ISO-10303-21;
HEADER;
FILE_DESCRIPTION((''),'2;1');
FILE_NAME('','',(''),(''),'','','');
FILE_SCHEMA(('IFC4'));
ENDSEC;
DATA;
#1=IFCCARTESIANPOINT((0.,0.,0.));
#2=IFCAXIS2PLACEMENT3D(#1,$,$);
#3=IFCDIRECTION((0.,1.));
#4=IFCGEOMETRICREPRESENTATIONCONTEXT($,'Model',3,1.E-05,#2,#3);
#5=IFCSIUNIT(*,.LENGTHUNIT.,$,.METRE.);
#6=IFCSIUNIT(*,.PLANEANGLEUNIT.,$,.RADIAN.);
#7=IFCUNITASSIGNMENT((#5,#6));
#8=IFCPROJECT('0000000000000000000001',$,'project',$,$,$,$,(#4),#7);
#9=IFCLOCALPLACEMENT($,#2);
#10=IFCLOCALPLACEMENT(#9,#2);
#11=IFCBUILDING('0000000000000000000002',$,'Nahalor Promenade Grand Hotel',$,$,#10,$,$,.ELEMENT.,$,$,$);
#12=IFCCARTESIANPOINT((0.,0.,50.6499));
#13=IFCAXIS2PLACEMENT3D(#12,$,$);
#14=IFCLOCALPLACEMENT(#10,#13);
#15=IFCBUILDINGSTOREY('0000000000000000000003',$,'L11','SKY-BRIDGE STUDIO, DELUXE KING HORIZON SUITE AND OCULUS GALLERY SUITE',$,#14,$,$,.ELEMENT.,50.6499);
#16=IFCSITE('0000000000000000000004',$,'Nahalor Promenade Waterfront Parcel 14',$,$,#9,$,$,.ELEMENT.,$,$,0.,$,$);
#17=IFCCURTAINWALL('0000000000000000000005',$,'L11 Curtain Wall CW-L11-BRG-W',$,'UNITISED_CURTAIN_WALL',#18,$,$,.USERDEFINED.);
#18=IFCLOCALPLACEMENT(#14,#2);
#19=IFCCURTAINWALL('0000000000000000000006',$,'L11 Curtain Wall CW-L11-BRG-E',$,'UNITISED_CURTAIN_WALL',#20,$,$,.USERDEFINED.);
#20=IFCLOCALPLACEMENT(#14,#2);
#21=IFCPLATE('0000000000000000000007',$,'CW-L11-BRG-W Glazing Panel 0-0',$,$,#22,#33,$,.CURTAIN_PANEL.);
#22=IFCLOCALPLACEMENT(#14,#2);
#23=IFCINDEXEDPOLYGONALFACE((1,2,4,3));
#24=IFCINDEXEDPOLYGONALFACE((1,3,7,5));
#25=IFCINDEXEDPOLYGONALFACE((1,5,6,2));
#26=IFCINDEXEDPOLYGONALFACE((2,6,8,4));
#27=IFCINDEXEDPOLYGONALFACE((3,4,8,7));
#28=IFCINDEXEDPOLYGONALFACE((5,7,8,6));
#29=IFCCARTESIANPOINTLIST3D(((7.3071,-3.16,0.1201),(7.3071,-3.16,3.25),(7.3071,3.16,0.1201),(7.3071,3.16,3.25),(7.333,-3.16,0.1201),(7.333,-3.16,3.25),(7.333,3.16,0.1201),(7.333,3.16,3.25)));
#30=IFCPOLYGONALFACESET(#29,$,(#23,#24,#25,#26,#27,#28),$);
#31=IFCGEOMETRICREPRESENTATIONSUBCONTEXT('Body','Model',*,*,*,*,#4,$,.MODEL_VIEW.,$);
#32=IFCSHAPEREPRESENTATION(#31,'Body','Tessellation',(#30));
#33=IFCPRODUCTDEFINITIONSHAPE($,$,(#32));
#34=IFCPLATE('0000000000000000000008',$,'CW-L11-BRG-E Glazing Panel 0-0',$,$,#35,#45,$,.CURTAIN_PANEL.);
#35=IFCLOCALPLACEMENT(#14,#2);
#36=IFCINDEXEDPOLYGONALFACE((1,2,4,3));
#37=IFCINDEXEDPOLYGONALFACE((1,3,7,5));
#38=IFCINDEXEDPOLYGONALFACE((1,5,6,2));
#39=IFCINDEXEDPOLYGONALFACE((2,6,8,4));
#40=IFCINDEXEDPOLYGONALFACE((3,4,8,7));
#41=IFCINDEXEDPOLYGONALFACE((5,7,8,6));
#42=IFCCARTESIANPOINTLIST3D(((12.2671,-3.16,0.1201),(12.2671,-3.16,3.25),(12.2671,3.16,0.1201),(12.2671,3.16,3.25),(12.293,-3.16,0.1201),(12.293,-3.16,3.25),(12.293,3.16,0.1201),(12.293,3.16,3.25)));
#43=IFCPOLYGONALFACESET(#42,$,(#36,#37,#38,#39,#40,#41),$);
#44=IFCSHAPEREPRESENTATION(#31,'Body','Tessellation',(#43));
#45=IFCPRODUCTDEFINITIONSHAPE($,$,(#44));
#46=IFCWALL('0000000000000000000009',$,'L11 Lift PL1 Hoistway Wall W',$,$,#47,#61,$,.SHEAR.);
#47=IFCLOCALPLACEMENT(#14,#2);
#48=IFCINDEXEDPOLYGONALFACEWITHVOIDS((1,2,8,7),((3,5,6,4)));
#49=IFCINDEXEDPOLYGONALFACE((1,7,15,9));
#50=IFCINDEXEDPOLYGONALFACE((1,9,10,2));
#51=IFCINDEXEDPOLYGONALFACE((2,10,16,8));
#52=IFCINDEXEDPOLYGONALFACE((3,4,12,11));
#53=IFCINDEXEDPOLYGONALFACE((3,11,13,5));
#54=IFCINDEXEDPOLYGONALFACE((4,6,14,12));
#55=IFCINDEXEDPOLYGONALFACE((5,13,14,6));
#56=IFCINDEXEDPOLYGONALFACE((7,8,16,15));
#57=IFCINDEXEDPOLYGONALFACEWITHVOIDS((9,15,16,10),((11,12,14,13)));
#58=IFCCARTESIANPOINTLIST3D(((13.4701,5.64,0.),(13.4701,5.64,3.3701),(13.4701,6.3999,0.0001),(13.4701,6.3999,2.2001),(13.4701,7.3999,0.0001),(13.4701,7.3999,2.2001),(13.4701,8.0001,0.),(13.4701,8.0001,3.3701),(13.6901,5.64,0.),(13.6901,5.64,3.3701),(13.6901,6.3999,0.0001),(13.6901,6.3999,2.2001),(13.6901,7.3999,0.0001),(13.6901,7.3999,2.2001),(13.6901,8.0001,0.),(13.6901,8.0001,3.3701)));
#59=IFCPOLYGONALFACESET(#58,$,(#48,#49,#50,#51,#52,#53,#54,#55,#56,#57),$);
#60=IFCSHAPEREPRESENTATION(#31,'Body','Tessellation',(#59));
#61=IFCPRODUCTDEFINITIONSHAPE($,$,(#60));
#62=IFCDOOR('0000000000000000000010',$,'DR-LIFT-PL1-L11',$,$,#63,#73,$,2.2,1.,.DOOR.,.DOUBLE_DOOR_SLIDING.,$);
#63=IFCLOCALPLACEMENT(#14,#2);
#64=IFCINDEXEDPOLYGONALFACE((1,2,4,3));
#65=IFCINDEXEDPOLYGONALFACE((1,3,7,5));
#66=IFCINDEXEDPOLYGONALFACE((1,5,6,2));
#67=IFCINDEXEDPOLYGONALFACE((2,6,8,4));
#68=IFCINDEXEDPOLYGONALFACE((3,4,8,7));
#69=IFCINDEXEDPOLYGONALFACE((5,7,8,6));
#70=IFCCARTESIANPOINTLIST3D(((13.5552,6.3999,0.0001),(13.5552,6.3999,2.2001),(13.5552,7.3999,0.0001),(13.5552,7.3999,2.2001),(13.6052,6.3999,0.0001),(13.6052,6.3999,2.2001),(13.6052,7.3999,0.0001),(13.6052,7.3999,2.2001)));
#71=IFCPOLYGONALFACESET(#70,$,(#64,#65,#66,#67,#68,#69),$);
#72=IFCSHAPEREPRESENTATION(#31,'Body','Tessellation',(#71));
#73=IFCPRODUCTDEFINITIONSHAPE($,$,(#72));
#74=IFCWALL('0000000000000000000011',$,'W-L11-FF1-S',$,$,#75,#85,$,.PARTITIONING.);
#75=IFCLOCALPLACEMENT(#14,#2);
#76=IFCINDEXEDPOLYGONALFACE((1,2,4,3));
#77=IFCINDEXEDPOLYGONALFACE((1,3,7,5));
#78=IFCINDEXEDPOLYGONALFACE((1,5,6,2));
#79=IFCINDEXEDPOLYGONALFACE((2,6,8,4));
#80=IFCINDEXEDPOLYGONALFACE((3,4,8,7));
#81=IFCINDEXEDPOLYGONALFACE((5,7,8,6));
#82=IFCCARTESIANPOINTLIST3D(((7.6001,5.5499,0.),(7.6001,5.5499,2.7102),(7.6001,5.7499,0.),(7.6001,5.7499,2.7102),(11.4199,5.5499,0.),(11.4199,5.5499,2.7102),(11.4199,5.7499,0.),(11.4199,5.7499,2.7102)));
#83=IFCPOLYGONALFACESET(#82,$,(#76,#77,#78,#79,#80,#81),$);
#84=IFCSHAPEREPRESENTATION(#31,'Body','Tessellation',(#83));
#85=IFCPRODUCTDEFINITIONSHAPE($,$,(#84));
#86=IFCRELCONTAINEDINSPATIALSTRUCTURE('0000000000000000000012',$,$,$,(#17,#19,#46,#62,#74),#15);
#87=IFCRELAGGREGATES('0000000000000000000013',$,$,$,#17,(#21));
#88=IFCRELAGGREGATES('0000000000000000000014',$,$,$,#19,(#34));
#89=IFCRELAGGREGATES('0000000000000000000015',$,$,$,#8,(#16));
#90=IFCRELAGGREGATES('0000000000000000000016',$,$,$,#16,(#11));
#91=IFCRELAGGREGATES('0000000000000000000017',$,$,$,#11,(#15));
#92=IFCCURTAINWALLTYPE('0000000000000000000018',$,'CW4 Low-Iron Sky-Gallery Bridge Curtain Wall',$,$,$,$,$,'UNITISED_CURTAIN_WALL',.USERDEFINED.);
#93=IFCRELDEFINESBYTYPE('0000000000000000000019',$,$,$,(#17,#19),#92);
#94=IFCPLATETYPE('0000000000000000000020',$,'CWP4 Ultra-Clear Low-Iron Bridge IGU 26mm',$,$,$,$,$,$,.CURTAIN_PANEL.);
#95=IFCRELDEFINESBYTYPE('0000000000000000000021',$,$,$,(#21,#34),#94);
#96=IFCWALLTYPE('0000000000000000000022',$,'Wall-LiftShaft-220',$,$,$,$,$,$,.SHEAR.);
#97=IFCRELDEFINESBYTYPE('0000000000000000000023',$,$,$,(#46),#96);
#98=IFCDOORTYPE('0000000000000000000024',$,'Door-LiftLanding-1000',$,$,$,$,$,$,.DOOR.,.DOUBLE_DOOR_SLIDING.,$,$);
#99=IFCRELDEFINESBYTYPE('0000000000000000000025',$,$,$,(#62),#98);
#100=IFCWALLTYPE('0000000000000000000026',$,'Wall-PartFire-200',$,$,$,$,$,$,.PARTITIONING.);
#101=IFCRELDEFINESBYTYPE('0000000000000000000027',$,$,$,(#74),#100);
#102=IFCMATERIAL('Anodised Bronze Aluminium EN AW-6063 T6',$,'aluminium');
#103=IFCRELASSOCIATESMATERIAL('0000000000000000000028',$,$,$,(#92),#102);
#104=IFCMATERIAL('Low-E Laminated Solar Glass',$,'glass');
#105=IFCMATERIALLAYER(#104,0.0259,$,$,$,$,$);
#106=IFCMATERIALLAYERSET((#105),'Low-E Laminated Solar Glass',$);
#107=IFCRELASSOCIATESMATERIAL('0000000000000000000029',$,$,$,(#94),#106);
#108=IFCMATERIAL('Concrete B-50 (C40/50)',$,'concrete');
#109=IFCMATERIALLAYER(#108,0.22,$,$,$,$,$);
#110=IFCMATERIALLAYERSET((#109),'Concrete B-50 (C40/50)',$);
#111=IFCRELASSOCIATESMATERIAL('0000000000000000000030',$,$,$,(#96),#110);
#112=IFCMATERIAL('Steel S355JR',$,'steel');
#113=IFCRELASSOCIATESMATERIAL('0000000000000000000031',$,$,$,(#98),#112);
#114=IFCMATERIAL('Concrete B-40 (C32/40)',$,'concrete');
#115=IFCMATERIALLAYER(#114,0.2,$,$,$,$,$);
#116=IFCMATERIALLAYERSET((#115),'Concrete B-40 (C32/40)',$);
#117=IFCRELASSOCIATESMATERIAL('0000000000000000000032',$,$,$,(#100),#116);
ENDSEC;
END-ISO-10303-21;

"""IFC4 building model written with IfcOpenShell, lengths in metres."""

from ifc_helpers import new_model, si_unit, direction, frame, frame_2d, origin, origin_2d, place, context, subcontext, project, spatial, rectangle, extrude, source, transform, mapped, material, layer, layer_set, type_object, element, fill, aggregate, save


model = new_model("IFC4")

# Units and contexts
model_context = context("Model", 3, precision=1e-05, world=origin(), true_north=direction((0.0, 1.0)))
body_context = subcontext(model_context, "Body", "Model", "MODEL_VIEW")
ifc_project = project(units=[si_unit("LENGTHUNIT", "METRE"), si_unit("PLANEANGLEUNIT", "RADIAN")], contexts=[model_context])

# Site, building, storey
site_placement = place(None, origin())
site = spatial("IfcSite", under=ifc_project, at=site_placement, Name="Nahalor Promenade Waterfront Parcel 14", CompositionType="ELEMENT", RefElevation=0.0)
building_placement = place(site_placement, origin())
building = spatial("IfcBuilding", under=site, at=building_placement, Name="Nahalor Promenade Grand Hotel", CompositionType="ELEMENT")
storey_placement = place(building_placement, frame((0.0, 0.0, 50.6499)))
storey = spatial("IfcBuildingStorey", under=building, at=storey_placement, Name="L11", Description="SKY-BRIDGE STUDIO, DELUXE KING HORIZON SUITE AND OCULUS GALLERY SUITE", CompositionType="ELEMENT", Elevation=50.6499)

# Shared definitions
ifc_material_1 = material(Name="Steel S355JR", Category="steel")

# Shared definitions
ifc_material_2 = material(Name="Anodised Bronze Aluminium EN AW-6063 T6", Category="aluminium")

# Curtain walls
curtain_wall_type_1 = type_object("IfcCurtainWallType", Name="CW4 Low-Iron Sky-Gallery Bridge Curtain Wall", ElementType="UNITISED_CURTAIN_WALL", PredefinedType="USERDEFINED", material=ifc_material_2)
curtain_wall_1_placement = place(storey_placement, origin())
curtain_wall_1 = element("IfcCurtainWall", 1, at=curtain_wall_1_placement, inside=storey, type_object=curtain_wall_type_1, Name="L11 Curtain Wall CW-L11-BRG-W", ObjectType="UNITISED_CURTAIN_WALL", PredefinedType="USERDEFINED")
curtain_wall_2_placement = place(storey_placement, origin())
curtain_wall_2 = element("IfcCurtainWall", 2, at=curtain_wall_2_placement, inside=storey, type_object=curtain_wall_type_1, Name="L11 Curtain Wall CW-L11-BRG-E", ObjectType="UNITISED_CURTAIN_WALL", PredefinedType="USERDEFINED")

# Plates
ifc_material_3 = material(Name="Low-E Laminated Solar Glass", Category="glass")
ifc_layer_1 = layer(ifc_material_3, 0.0259)
ifc_layer_set_1 = layer_set([ifc_layer_1], Name="Low-E Laminated Solar Glass")
plate_type = type_object("IfcPlateType", Name="CWP4 Ultra-Clear Low-Iron Bridge IGU 26mm", PredefinedType="CURTAIN_PANEL", material=ifc_layer_set_1)
shared_shape_1 = source(origin(), body_context, "Body", "SweptSolid", [
    extrude(rectangle(XDim=6.3201, YDim=0.0259, at=origin_2d()), origin(), (0.0, 0.0, 1.0), 3.1299),
])
plate_1_placement = place(storey_placement, frame((7.3201, 0.0, 0.1201), z_axis=(0.0, 0.0, 1.0), x_axis=(0.0, 1.0, 0.0)))
plate_1 = element("IfcPlate", 3, at=plate_1_placement, type_object=plate_type, Name="CW-L11-BRG-W Glazing Panel 0-0", PredefinedType="CURTAIN_PANEL", context=body_context, shape_type="MappedRepresentation", body=[
    mapped(shared_shape_1, transform((0.0, 0.0, 0.0), scale=1.0)),
])
aggregate(curtain_wall_1, [plate_1])
plate_2_placement = place(storey_placement, frame((12.28, 0.0, 0.1201), z_axis=(0.0, 0.0, 1.0), x_axis=(0.0, 1.0, 0.0)))
plate_2 = element("IfcPlate", 4, at=plate_2_placement, type_object=plate_type, Name="CW-L11-BRG-E Glazing Panel 0-0", PredefinedType="CURTAIN_PANEL", context=body_context, shape_type="MappedRepresentation", body=[
    mapped(shared_shape_1, transform((0.0, 0.0, 0.0), scale=1.0)),
])
aggregate(curtain_wall_2, [plate_2])

# Wall, opening, door
ifc_material_4 = material(Name="Concrete B-50 (C40/50)", Category="concrete")
ifc_layer_2 = layer(ifc_material_4, 0.22)
ifc_layer_set_2 = layer_set([ifc_layer_2], Name="Concrete B-50 (C40/50)")
wall_type_1 = type_object("IfcWallType", Name="Wall-LiftShaft-220", PredefinedType="SHEAR", material=ifc_layer_set_2)
shared_shape_2 = source(origin(), body_context, "Body", "SweptSolid", [
    extrude(rectangle(XDim=2.3601, YDim=0.22, at=frame_2d((1.1802, 0.0))), origin(), (0.0, 0.0, 1.0), 3.3701),
])
wall_1_placement = place(storey_placement, frame((13.5801, 5.6399, 0.0), z_axis=(0.0, 0.0, 1.0), x_axis=(0.0, 1.0, 0.0)))
wall_1 = element("IfcWall", 5, at=wall_1_placement, inside=storey, type_object=wall_type_1, Name="L11 Lift PL1 Hoistway Wall W", PredefinedType="SHEAR", context=body_context, shape_type="MappedRepresentation", body=[
    mapped(shared_shape_2, transform((0.0, 0.0, 0.0), scale=1.0)),
])
opening_1_placement = place(wall_1_placement, frame((0.76, 0.0, 0.0)))
opening_1 = element("IfcOpeningElement", 6, at=opening_1_placement, cuts=wall_1, PredefinedType="OPENING", context=body_context, shape_type="SweptSolid", body=[
    extrude(rectangle(XDim=1.0, YDim=2.2, at=frame_2d((0.5, 1.1001))), frame((0.0, 0.1199, 0.0), z_axis=(0.0, -1.0, 0.0), x_axis=(1.0, 0.0, 0.0)), (0.0, 0.0, 1.0), 0.24),
])
door_type_1 = type_object("IfcDoorType", Name="Door-LiftLanding-1000", OperationType="DOUBLE_DOOR_SLIDING", PredefinedType="DOOR", material=ifc_material_1)
shared_shape_3 = source(origin(), body_context, "Body", "SweptSolid", [
    extrude(rectangle(XDim=1.0, YDim=2.2, at=frame_2d((0.5, 1.1001))), frame((0.0, 0.0249, 0.0), z_axis=(0.0, -1.0, 0.0), x_axis=(1.0, 0.0, 0.0)), (0.0, 0.0, 1.0), 0.05),
])
door_1_placement = place(opening_1_placement, origin())
door_1 = element("IfcDoor", 7, at=door_1_placement, inside=storey, type_object=door_type_1, Name="DR-LIFT-PL1-L11", OperationType="DOUBLE_DOOR_SLIDING", OverallHeight=2.2, OverallWidth=1.0, PredefinedType="DOOR", context=body_context, shape_type="MappedRepresentation", body=[
    mapped(shared_shape_3, transform((0.0, 0.0, 0.0), scale=1.0)),
])
fill(opening_1, door_1)

# Wall
ifc_material_5 = material(Name="Concrete B-40 (C32/40)", Category="concrete")
ifc_layer_3 = layer(ifc_material_5, 0.2)
ifc_layer_set_3 = layer_set([ifc_layer_3], Name="Concrete B-40 (C32/40)")
wall_type_2 = type_object("IfcWallType", Name="Wall-PartFire-200", PredefinedType="PARTITIONING", material=ifc_layer_set_3)
shared_shape_4 = source(origin(), body_context, "Body", "SweptSolid", [
    extrude(rectangle(XDim=3.8198, YDim=0.2, at=frame_2d((1.9099, 0.0))), origin(), (0.0, 0.0, 1.0), 2.7102),
])
wall_2_placement = place(storey_placement, frame((7.6001, 5.6499, 0.0), z_axis=(0.0, 0.0, 1.0), x_axis=(1.0, 0.0, 0.0)))
element("IfcWall", 8, at=wall_2_placement, inside=storey, type_object=wall_type_2, Name="W-L11-FF1-S", PredefinedType="PARTITIONING", context=body_context, shape_type="MappedRepresentation", body=[
    mapped(shared_shape_4, transform((0.0, 0.0, 0.0), scale=1.0)),
])

save(model, "model.ifc")
